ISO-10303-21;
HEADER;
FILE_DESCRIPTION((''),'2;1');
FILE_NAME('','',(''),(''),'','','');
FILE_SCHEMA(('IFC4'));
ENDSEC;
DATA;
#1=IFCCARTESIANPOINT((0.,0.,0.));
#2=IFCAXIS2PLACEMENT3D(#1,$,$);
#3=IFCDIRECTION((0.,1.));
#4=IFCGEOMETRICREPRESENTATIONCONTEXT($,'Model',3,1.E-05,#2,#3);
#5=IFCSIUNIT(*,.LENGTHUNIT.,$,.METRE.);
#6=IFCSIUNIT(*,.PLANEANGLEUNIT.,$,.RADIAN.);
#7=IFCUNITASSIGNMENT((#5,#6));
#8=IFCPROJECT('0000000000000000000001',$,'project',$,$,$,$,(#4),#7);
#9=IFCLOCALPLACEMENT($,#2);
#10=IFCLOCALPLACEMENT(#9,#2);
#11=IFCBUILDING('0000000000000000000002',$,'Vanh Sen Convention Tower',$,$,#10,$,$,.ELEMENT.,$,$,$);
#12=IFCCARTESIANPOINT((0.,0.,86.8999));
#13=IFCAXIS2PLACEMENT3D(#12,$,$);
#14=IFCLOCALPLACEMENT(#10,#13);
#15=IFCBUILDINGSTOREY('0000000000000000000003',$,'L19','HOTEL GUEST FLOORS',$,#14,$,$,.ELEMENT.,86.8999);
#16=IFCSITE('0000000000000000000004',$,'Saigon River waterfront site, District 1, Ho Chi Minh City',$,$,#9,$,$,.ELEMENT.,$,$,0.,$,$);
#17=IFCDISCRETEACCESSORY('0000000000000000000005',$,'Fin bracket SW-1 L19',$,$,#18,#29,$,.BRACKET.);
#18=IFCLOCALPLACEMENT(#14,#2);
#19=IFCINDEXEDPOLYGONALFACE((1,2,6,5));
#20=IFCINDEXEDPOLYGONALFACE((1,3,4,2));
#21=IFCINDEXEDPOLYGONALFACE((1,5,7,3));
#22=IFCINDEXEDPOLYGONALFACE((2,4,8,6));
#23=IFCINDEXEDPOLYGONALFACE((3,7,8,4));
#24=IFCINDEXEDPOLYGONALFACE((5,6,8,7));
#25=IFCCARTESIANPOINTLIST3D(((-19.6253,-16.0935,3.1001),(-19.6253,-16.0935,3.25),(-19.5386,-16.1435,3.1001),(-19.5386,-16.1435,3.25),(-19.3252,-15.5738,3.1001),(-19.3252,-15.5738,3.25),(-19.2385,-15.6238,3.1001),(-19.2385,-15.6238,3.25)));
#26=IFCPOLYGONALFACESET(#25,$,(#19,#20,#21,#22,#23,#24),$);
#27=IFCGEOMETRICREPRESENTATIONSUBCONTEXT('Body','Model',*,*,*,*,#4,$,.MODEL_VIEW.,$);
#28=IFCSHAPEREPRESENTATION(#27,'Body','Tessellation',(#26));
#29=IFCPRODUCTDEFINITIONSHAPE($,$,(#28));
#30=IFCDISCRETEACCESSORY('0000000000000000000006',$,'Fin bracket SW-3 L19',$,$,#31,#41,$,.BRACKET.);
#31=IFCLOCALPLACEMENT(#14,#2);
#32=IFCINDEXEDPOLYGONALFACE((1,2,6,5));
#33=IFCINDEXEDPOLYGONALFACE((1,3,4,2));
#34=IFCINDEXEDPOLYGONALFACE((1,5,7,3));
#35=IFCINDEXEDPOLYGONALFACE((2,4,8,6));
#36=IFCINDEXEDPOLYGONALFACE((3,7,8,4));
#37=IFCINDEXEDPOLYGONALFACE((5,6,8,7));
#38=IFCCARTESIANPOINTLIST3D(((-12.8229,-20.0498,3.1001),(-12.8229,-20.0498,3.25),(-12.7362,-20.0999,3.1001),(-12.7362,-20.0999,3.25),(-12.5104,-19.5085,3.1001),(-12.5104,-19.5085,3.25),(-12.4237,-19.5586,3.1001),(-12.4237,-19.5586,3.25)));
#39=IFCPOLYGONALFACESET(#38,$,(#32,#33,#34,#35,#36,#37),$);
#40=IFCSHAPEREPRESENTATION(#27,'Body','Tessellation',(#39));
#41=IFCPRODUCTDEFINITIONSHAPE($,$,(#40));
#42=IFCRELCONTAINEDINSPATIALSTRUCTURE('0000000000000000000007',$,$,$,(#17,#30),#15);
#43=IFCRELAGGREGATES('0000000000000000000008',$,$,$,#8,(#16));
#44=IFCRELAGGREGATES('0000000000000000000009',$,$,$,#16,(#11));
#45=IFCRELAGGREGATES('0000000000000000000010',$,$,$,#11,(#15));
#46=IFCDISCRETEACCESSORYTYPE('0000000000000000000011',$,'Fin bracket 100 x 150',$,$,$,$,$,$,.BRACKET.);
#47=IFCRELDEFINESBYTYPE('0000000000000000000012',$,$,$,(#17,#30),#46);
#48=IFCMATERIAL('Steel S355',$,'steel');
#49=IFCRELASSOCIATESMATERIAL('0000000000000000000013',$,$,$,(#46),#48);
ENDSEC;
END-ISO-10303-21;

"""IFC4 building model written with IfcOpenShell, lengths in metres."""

from ifc_helpers import new_model, si_unit, direction, frame, origin, origin_2d, place, context, subcontext, project, spatial, rectangle, extrude, material, type_object, element, save


model = new_model("IFC4")

# Units and contexts
model_context = context("Model", 3, precision=1e-05, world=origin(), true_north=direction((0.0, 1.0)))
body_context = subcontext(model_context, "Body", "Model", "MODEL_VIEW")
ifc_project = project(units=[si_unit("LENGTHUNIT", "METRE"), si_unit("PLANEANGLEUNIT", "RADIAN")], contexts=[model_context])

# Site, building, storey
site_placement = place(None, origin())
site = spatial("IfcSite", under=ifc_project, at=site_placement, Name="Saigon River waterfront site, District 1, Ho Chi Minh City", CompositionType="ELEMENT", RefElevation=0.0)
building_placement = place(site_placement, origin())
building = spatial("IfcBuilding", under=site, at=building_placement, Name="Vanh Sen Convention Tower", CompositionType="ELEMENT")
storey_placement = place(building_placement, frame((0.0, 0.0, 86.8999)))
storey = spatial("IfcBuildingStorey", under=building, at=storey_placement, Name="L19", Description="HOTEL GUEST FLOORS", CompositionType="ELEMENT", Elevation=86.8999)

# Discrete accessories
ifc_material_1 = material(Name="Steel S355", Category="steel")
discrete_accessory_type = type_object("IfcDiscreteAccessoryType", Name="Fin bracket 100 x 150", PredefinedType="BRACKET", material=ifc_material_1)
discrete_accessory_1_placement = place(storey_placement, frame((-19.4319, -15.8586, 3.1001), z_axis=(0.0, 0.0, 1.0), x_axis=(-0.5, -0.866025, 0.0)))
element("IfcDiscreteAccessory", 1, at=discrete_accessory_1_placement, inside=storey, type_object=discrete_accessory_type, Name="Fin bracket SW-1 L19", PredefinedType="BRACKET", context=body_context, shape_type="SweptSolid", body=[
    extrude(rectangle(XDim=0.6001, YDim=0.1001, at=origin_2d()), origin(), (0.0, 0.0, 1.0), 0.1499),
])
discrete_accessory_2_placement = place(storey_placement, frame((-12.6233, -19.8042, 3.1001), z_axis=(0.0, 0.0, 1.0), x_axis=(-0.5, -0.866025, 0.0)))
element("IfcDiscreteAccessory", 2, at=discrete_accessory_2_placement, inside=storey, type_object=discrete_accessory_type, Name="Fin bracket SW-3 L19", PredefinedType="BRACKET", context=body_context, shape_type="SweptSolid", body=[
    extrude(rectangle(XDim=0.625, YDim=0.1001, at=origin_2d()), origin(), (0.0, 0.0, 1.0), 0.1499),
])

save(model, "model.ifc")
